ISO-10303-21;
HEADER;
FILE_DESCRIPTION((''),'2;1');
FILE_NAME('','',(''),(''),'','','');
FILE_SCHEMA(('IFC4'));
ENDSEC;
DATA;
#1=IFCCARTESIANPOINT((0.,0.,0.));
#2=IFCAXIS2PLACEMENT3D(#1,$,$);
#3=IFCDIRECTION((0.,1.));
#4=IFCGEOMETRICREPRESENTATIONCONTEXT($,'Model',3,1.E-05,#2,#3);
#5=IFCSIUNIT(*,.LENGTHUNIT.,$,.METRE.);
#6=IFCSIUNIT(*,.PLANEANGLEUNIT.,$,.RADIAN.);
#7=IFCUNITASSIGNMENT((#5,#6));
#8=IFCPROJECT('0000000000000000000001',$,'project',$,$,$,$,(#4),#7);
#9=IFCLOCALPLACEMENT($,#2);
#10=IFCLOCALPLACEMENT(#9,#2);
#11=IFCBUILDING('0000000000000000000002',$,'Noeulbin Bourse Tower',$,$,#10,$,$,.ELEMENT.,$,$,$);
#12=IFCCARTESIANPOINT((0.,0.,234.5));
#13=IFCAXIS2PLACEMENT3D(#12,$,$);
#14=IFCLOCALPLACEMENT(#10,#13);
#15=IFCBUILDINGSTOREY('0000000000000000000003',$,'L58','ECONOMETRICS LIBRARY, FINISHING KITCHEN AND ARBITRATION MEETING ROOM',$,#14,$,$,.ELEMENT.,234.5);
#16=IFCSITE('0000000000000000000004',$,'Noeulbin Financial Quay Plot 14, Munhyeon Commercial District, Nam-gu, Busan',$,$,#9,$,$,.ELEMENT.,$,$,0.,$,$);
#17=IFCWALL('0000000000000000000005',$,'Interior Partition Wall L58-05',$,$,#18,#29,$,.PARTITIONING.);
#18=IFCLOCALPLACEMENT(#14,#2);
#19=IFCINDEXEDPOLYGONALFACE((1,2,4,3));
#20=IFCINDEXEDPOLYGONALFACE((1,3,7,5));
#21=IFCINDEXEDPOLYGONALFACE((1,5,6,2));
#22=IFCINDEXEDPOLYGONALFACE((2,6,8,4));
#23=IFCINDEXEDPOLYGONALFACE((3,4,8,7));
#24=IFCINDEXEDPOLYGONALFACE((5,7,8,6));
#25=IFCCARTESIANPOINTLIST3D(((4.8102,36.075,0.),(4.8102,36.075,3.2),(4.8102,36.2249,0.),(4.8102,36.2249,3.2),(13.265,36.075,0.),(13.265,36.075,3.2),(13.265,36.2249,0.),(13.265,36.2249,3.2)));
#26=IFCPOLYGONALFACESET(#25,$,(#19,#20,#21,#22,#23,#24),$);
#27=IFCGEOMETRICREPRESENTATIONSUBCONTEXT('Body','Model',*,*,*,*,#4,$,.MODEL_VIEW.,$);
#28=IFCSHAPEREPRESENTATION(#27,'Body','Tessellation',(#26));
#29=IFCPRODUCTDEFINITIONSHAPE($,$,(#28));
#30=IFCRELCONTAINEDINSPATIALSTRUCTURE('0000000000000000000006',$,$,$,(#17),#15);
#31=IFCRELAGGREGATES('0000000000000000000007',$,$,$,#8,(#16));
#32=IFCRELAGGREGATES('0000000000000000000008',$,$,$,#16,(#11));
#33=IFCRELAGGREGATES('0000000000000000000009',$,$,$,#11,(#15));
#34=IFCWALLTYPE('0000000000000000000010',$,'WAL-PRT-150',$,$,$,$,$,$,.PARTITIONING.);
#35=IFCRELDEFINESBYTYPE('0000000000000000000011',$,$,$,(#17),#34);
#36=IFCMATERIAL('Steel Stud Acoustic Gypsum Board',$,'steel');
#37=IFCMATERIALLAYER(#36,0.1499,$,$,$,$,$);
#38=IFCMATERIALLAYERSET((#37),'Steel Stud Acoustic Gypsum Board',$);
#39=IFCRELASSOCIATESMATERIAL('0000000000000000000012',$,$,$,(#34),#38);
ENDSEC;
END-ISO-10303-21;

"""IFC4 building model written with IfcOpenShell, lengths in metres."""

from ifc_helpers import new_model, si_unit, direction, frame, frame_2d, origin, place, context, subcontext, project, spatial, rectangle, extrude, material, layer, layer_set, type_object, element, save


model = new_model("IFC4")

# Units and contexts
model_context = context("Model", 3, precision=1e-05, world=origin(), true_north=direction((0.0, 1.0)))
body_context = subcontext(model_context, "Body", "Model", "MODEL_VIEW")
ifc_project = project(units=[si_unit("LENGTHUNIT", "METRE"), si_unit("PLANEANGLEUNIT", "RADIAN")], contexts=[model_context])

# Site, building, storey
site_placement = place(None, origin())
site = spatial("IfcSite", under=ifc_project, at=site_placement, Name="Noeulbin Financial Quay Plot 14, Munhyeon Commercial District, Nam-gu, Busan", CompositionType="ELEMENT", RefElevation=0.0)
building_placement = place(site_placement, origin())
building = spatial("IfcBuilding", under=site, at=building_placement, Name="Noeulbin Bourse Tower", CompositionType="ELEMENT")
storey_placement = place(building_placement, frame((0.0, 0.0, 234.5)))
storey = spatial("IfcBuildingStorey", under=building, at=storey_placement, Name="L58", Description="ECONOMETRICS LIBRARY, FINISHING KITCHEN AND ARBITRATION MEETING ROOM", CompositionType="ELEMENT", Elevation=234.5)

# Wall
ifc_material_1 = material(Name="Steel Stud Acoustic Gypsum Board", Category="steel")
ifc_layer_1 = layer(ifc_material_1, 0.1499)
ifc_layer_set_1 = layer_set([ifc_layer_1], Name="Steel Stud Acoustic Gypsum Board")
wall_type_1 = type_object("IfcWallType", Name="WAL-PRT-150", PredefinedType="PARTITIONING", material=ifc_layer_set_1)
wall_1_placement = place(storey_placement, frame((4.8101, 36.1499, 0.0), z_axis=(0.0, 0.0, 1.0), x_axis=(1.0, 0.0, 0.0)))
element("IfcWall", 1, at=wall_1_placement, inside=storey, type_object=wall_type_1, Name="Interior Partition Wall L58-05", PredefinedType="PARTITIONING", context=body_context, shape_type="SweptSolid", body=[
    extrude(rectangle(XDim=8.4548, YDim=0.1499, at=frame_2d((4.2275, 0.0))), origin(), (0.0, 0.0, 1.0), 3.2),
])

save(model, "model.ifc")
